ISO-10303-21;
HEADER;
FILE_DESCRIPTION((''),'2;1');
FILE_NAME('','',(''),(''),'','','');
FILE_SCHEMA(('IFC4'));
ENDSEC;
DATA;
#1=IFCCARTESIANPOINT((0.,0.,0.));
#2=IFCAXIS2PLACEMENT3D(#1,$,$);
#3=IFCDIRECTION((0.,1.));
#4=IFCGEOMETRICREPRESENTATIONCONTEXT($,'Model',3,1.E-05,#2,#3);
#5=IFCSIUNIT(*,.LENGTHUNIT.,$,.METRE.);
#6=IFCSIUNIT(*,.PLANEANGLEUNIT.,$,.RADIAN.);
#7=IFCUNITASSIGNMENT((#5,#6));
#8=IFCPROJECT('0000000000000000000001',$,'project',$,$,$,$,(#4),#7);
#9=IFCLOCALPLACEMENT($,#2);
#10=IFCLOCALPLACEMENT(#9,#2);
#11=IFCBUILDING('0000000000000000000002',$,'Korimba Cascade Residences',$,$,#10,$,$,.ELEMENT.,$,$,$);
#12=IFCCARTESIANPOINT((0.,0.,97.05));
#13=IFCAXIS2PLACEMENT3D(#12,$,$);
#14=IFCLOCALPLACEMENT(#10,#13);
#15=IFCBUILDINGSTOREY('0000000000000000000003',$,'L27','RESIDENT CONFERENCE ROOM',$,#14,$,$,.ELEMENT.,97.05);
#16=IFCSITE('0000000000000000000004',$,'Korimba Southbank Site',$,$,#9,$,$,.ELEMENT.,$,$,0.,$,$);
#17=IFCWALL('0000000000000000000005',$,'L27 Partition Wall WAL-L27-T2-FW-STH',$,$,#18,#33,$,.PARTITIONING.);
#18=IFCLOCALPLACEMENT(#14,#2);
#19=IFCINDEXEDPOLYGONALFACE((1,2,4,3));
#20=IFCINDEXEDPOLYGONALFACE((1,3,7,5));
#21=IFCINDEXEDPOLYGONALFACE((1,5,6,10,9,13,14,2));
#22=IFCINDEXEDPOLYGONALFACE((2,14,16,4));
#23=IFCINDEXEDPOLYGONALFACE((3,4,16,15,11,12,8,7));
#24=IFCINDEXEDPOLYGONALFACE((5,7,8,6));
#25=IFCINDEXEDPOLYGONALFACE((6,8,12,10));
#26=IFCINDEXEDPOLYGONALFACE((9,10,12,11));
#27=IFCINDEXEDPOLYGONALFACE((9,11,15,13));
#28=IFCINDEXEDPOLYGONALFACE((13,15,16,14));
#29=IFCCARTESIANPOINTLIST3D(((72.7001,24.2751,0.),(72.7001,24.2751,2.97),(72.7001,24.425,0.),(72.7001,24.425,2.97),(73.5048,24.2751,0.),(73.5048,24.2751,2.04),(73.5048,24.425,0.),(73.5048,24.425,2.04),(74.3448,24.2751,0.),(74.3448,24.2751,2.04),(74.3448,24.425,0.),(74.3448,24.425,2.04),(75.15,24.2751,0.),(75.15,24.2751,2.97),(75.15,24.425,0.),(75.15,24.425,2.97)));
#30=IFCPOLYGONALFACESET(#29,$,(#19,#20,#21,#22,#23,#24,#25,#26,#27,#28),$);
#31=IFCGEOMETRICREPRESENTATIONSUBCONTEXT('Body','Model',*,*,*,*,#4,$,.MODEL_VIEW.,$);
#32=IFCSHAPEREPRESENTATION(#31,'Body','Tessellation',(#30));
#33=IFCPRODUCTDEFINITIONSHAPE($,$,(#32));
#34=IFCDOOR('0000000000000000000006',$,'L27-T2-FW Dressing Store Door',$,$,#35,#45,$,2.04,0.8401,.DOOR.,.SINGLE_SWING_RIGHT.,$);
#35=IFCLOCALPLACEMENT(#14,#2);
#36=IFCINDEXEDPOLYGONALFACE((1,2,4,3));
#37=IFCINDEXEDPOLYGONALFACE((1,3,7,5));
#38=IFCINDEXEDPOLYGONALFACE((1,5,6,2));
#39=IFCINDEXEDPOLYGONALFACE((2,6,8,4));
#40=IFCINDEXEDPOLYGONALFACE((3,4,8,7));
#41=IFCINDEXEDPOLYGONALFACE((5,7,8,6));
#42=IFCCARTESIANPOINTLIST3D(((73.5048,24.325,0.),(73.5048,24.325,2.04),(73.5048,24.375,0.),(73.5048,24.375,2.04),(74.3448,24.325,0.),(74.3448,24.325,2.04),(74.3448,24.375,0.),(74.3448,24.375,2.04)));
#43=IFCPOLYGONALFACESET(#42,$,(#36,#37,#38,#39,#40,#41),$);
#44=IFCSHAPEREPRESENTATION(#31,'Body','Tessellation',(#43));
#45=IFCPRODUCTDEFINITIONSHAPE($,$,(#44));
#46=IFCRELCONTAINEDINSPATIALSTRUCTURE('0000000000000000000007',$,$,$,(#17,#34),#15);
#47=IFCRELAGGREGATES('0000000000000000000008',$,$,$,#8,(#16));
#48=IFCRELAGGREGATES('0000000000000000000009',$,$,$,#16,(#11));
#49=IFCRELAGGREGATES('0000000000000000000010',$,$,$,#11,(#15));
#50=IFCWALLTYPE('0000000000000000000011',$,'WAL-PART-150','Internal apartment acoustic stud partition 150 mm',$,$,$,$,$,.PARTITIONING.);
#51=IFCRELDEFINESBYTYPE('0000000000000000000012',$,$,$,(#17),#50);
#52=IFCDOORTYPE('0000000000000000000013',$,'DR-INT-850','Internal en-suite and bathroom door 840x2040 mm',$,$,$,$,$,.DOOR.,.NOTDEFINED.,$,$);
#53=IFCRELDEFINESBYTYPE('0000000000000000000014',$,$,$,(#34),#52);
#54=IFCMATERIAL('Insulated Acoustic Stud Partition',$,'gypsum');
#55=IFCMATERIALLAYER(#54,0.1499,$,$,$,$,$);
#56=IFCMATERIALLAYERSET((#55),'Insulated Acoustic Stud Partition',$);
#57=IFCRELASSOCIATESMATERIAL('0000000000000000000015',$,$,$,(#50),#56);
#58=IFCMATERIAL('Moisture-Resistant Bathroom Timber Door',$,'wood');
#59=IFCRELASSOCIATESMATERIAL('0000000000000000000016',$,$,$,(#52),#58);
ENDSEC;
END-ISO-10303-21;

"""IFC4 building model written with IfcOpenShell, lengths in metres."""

from ifc_helpers import new_model, si_unit, direction, frame, frame_2d, origin, place, context, subcontext, project, spatial, rectangle, extrude, material, layer, layer_set, type_object, element, fill, save


model = new_model("IFC4")

# Units and contexts
model_context = context("Model", 3, precision=1e-05, world=origin(), true_north=direction((0.0, 1.0)))
body_context = subcontext(model_context, "Body", "Model", "MODEL_VIEW")
ifc_project = project(units=[si_unit("LENGTHUNIT", "METRE"), si_unit("PLANEANGLEUNIT", "RADIAN")], contexts=[model_context])

# Site, building, storey
site_placement = place(None, origin())
site = spatial("IfcSite", under=ifc_project, at=site_placement, Name="Korimba Southbank Site", CompositionType="ELEMENT", RefElevation=0.0)
building_placement = place(site_placement, origin())
building = spatial("IfcBuilding", under=site, at=building_placement, Name="Korimba Cascade Residences", CompositionType="ELEMENT")
storey_placement = place(building_placement, frame((0.0, 0.0, 97.05)))
storey = spatial("IfcBuildingStorey", under=building, at=storey_placement, Name="L27", Description="RESIDENT CONFERENCE ROOM", CompositionType="ELEMENT", Elevation=97.05)

# Shared definitions
ifc_material_1 = material(Name="Insulated Acoustic Stud Partition", Category="gypsum")
ifc_layer_1 = layer(ifc_material_1, 0.1499)
ifc_layer_set_1 = layer_set([ifc_layer_1], Name="Insulated Acoustic Stud Partition")
wall_type_1 = type_object("IfcWallType", Name="WAL-PART-150", Description="Internal apartment acoustic stud partition 150 mm", PredefinedType="PARTITIONING", material=ifc_layer_set_1)

# Wall, opening, door
wall_1_placement = place(storey_placement, frame((72.7, 24.3501, 0.0), z_axis=(0.0, 0.0, 1.0), x_axis=(1.0, 0.0, 0.0)))
wall_1 = element("IfcWall", 1, at=wall_1_placement, inside=storey, type_object=wall_type_1, Name="L27 Partition Wall WAL-L27-T2-FW-STH", PredefinedType="PARTITIONING", context=body_context, shape_type="SweptSolid", body=[
    extrude(rectangle(XDim=2.45, YDim=0.1499, at=frame_2d((1.2251, 0.0))), origin(), (0.0, 0.0, 1.0), 2.97),
])
opening_1_placement = place(wall_1_placement, frame((0.8049, 0.0, 0.0)))
opening_1 = element("IfcOpeningElement", 2, at=opening_1_placement, cuts=wall_1, PredefinedType="OPENING", context=body_context, shape_type="SweptSolid", body=[
    extrude(rectangle(XDim=0.8401, YDim=2.04, at=frame_2d((0.4199, 1.02))), frame((0.0, 0.085, 0.0), z_axis=(0.0, -1.0, 0.0), x_axis=(1.0, 0.0, 0.0)), (0.0, 0.0, 1.0), 0.1699),
])
ifc_material_2 = material(Name="Moisture-Resistant Bathroom Timber Door", Category="wood")
door_type_1 = type_object("IfcDoorType", Name="DR-INT-850", Description="Internal en-suite and bathroom door 840x2040 mm", OperationType="NOTDEFINED", PredefinedType="DOOR", material=ifc_material_2)
door_1_placement = place(opening_1_placement, origin())
door_1 = element("IfcDoor", 3, at=door_1_placement, inside=storey, type_object=door_type_1, Name="L27-T2-FW Dressing Store Door", OperationType="SINGLE_SWING_RIGHT", OverallHeight=2.04, OverallWidth=0.8401, PredefinedType="DOOR", context=body_context, shape_type="SweptSolid", body=[
    extrude(rectangle(XDim=0.8401, YDim=2.04, at=frame_2d((0.4199, 1.02))), frame((0.0, 0.0249, 0.0), z_axis=(0.0, -1.0, 0.0), x_axis=(1.0, 0.0, 0.0)), (0.0, 0.0, 1.0), 0.05),
])
fill(opening_1, door_1)

save(model, "model.ifc")
